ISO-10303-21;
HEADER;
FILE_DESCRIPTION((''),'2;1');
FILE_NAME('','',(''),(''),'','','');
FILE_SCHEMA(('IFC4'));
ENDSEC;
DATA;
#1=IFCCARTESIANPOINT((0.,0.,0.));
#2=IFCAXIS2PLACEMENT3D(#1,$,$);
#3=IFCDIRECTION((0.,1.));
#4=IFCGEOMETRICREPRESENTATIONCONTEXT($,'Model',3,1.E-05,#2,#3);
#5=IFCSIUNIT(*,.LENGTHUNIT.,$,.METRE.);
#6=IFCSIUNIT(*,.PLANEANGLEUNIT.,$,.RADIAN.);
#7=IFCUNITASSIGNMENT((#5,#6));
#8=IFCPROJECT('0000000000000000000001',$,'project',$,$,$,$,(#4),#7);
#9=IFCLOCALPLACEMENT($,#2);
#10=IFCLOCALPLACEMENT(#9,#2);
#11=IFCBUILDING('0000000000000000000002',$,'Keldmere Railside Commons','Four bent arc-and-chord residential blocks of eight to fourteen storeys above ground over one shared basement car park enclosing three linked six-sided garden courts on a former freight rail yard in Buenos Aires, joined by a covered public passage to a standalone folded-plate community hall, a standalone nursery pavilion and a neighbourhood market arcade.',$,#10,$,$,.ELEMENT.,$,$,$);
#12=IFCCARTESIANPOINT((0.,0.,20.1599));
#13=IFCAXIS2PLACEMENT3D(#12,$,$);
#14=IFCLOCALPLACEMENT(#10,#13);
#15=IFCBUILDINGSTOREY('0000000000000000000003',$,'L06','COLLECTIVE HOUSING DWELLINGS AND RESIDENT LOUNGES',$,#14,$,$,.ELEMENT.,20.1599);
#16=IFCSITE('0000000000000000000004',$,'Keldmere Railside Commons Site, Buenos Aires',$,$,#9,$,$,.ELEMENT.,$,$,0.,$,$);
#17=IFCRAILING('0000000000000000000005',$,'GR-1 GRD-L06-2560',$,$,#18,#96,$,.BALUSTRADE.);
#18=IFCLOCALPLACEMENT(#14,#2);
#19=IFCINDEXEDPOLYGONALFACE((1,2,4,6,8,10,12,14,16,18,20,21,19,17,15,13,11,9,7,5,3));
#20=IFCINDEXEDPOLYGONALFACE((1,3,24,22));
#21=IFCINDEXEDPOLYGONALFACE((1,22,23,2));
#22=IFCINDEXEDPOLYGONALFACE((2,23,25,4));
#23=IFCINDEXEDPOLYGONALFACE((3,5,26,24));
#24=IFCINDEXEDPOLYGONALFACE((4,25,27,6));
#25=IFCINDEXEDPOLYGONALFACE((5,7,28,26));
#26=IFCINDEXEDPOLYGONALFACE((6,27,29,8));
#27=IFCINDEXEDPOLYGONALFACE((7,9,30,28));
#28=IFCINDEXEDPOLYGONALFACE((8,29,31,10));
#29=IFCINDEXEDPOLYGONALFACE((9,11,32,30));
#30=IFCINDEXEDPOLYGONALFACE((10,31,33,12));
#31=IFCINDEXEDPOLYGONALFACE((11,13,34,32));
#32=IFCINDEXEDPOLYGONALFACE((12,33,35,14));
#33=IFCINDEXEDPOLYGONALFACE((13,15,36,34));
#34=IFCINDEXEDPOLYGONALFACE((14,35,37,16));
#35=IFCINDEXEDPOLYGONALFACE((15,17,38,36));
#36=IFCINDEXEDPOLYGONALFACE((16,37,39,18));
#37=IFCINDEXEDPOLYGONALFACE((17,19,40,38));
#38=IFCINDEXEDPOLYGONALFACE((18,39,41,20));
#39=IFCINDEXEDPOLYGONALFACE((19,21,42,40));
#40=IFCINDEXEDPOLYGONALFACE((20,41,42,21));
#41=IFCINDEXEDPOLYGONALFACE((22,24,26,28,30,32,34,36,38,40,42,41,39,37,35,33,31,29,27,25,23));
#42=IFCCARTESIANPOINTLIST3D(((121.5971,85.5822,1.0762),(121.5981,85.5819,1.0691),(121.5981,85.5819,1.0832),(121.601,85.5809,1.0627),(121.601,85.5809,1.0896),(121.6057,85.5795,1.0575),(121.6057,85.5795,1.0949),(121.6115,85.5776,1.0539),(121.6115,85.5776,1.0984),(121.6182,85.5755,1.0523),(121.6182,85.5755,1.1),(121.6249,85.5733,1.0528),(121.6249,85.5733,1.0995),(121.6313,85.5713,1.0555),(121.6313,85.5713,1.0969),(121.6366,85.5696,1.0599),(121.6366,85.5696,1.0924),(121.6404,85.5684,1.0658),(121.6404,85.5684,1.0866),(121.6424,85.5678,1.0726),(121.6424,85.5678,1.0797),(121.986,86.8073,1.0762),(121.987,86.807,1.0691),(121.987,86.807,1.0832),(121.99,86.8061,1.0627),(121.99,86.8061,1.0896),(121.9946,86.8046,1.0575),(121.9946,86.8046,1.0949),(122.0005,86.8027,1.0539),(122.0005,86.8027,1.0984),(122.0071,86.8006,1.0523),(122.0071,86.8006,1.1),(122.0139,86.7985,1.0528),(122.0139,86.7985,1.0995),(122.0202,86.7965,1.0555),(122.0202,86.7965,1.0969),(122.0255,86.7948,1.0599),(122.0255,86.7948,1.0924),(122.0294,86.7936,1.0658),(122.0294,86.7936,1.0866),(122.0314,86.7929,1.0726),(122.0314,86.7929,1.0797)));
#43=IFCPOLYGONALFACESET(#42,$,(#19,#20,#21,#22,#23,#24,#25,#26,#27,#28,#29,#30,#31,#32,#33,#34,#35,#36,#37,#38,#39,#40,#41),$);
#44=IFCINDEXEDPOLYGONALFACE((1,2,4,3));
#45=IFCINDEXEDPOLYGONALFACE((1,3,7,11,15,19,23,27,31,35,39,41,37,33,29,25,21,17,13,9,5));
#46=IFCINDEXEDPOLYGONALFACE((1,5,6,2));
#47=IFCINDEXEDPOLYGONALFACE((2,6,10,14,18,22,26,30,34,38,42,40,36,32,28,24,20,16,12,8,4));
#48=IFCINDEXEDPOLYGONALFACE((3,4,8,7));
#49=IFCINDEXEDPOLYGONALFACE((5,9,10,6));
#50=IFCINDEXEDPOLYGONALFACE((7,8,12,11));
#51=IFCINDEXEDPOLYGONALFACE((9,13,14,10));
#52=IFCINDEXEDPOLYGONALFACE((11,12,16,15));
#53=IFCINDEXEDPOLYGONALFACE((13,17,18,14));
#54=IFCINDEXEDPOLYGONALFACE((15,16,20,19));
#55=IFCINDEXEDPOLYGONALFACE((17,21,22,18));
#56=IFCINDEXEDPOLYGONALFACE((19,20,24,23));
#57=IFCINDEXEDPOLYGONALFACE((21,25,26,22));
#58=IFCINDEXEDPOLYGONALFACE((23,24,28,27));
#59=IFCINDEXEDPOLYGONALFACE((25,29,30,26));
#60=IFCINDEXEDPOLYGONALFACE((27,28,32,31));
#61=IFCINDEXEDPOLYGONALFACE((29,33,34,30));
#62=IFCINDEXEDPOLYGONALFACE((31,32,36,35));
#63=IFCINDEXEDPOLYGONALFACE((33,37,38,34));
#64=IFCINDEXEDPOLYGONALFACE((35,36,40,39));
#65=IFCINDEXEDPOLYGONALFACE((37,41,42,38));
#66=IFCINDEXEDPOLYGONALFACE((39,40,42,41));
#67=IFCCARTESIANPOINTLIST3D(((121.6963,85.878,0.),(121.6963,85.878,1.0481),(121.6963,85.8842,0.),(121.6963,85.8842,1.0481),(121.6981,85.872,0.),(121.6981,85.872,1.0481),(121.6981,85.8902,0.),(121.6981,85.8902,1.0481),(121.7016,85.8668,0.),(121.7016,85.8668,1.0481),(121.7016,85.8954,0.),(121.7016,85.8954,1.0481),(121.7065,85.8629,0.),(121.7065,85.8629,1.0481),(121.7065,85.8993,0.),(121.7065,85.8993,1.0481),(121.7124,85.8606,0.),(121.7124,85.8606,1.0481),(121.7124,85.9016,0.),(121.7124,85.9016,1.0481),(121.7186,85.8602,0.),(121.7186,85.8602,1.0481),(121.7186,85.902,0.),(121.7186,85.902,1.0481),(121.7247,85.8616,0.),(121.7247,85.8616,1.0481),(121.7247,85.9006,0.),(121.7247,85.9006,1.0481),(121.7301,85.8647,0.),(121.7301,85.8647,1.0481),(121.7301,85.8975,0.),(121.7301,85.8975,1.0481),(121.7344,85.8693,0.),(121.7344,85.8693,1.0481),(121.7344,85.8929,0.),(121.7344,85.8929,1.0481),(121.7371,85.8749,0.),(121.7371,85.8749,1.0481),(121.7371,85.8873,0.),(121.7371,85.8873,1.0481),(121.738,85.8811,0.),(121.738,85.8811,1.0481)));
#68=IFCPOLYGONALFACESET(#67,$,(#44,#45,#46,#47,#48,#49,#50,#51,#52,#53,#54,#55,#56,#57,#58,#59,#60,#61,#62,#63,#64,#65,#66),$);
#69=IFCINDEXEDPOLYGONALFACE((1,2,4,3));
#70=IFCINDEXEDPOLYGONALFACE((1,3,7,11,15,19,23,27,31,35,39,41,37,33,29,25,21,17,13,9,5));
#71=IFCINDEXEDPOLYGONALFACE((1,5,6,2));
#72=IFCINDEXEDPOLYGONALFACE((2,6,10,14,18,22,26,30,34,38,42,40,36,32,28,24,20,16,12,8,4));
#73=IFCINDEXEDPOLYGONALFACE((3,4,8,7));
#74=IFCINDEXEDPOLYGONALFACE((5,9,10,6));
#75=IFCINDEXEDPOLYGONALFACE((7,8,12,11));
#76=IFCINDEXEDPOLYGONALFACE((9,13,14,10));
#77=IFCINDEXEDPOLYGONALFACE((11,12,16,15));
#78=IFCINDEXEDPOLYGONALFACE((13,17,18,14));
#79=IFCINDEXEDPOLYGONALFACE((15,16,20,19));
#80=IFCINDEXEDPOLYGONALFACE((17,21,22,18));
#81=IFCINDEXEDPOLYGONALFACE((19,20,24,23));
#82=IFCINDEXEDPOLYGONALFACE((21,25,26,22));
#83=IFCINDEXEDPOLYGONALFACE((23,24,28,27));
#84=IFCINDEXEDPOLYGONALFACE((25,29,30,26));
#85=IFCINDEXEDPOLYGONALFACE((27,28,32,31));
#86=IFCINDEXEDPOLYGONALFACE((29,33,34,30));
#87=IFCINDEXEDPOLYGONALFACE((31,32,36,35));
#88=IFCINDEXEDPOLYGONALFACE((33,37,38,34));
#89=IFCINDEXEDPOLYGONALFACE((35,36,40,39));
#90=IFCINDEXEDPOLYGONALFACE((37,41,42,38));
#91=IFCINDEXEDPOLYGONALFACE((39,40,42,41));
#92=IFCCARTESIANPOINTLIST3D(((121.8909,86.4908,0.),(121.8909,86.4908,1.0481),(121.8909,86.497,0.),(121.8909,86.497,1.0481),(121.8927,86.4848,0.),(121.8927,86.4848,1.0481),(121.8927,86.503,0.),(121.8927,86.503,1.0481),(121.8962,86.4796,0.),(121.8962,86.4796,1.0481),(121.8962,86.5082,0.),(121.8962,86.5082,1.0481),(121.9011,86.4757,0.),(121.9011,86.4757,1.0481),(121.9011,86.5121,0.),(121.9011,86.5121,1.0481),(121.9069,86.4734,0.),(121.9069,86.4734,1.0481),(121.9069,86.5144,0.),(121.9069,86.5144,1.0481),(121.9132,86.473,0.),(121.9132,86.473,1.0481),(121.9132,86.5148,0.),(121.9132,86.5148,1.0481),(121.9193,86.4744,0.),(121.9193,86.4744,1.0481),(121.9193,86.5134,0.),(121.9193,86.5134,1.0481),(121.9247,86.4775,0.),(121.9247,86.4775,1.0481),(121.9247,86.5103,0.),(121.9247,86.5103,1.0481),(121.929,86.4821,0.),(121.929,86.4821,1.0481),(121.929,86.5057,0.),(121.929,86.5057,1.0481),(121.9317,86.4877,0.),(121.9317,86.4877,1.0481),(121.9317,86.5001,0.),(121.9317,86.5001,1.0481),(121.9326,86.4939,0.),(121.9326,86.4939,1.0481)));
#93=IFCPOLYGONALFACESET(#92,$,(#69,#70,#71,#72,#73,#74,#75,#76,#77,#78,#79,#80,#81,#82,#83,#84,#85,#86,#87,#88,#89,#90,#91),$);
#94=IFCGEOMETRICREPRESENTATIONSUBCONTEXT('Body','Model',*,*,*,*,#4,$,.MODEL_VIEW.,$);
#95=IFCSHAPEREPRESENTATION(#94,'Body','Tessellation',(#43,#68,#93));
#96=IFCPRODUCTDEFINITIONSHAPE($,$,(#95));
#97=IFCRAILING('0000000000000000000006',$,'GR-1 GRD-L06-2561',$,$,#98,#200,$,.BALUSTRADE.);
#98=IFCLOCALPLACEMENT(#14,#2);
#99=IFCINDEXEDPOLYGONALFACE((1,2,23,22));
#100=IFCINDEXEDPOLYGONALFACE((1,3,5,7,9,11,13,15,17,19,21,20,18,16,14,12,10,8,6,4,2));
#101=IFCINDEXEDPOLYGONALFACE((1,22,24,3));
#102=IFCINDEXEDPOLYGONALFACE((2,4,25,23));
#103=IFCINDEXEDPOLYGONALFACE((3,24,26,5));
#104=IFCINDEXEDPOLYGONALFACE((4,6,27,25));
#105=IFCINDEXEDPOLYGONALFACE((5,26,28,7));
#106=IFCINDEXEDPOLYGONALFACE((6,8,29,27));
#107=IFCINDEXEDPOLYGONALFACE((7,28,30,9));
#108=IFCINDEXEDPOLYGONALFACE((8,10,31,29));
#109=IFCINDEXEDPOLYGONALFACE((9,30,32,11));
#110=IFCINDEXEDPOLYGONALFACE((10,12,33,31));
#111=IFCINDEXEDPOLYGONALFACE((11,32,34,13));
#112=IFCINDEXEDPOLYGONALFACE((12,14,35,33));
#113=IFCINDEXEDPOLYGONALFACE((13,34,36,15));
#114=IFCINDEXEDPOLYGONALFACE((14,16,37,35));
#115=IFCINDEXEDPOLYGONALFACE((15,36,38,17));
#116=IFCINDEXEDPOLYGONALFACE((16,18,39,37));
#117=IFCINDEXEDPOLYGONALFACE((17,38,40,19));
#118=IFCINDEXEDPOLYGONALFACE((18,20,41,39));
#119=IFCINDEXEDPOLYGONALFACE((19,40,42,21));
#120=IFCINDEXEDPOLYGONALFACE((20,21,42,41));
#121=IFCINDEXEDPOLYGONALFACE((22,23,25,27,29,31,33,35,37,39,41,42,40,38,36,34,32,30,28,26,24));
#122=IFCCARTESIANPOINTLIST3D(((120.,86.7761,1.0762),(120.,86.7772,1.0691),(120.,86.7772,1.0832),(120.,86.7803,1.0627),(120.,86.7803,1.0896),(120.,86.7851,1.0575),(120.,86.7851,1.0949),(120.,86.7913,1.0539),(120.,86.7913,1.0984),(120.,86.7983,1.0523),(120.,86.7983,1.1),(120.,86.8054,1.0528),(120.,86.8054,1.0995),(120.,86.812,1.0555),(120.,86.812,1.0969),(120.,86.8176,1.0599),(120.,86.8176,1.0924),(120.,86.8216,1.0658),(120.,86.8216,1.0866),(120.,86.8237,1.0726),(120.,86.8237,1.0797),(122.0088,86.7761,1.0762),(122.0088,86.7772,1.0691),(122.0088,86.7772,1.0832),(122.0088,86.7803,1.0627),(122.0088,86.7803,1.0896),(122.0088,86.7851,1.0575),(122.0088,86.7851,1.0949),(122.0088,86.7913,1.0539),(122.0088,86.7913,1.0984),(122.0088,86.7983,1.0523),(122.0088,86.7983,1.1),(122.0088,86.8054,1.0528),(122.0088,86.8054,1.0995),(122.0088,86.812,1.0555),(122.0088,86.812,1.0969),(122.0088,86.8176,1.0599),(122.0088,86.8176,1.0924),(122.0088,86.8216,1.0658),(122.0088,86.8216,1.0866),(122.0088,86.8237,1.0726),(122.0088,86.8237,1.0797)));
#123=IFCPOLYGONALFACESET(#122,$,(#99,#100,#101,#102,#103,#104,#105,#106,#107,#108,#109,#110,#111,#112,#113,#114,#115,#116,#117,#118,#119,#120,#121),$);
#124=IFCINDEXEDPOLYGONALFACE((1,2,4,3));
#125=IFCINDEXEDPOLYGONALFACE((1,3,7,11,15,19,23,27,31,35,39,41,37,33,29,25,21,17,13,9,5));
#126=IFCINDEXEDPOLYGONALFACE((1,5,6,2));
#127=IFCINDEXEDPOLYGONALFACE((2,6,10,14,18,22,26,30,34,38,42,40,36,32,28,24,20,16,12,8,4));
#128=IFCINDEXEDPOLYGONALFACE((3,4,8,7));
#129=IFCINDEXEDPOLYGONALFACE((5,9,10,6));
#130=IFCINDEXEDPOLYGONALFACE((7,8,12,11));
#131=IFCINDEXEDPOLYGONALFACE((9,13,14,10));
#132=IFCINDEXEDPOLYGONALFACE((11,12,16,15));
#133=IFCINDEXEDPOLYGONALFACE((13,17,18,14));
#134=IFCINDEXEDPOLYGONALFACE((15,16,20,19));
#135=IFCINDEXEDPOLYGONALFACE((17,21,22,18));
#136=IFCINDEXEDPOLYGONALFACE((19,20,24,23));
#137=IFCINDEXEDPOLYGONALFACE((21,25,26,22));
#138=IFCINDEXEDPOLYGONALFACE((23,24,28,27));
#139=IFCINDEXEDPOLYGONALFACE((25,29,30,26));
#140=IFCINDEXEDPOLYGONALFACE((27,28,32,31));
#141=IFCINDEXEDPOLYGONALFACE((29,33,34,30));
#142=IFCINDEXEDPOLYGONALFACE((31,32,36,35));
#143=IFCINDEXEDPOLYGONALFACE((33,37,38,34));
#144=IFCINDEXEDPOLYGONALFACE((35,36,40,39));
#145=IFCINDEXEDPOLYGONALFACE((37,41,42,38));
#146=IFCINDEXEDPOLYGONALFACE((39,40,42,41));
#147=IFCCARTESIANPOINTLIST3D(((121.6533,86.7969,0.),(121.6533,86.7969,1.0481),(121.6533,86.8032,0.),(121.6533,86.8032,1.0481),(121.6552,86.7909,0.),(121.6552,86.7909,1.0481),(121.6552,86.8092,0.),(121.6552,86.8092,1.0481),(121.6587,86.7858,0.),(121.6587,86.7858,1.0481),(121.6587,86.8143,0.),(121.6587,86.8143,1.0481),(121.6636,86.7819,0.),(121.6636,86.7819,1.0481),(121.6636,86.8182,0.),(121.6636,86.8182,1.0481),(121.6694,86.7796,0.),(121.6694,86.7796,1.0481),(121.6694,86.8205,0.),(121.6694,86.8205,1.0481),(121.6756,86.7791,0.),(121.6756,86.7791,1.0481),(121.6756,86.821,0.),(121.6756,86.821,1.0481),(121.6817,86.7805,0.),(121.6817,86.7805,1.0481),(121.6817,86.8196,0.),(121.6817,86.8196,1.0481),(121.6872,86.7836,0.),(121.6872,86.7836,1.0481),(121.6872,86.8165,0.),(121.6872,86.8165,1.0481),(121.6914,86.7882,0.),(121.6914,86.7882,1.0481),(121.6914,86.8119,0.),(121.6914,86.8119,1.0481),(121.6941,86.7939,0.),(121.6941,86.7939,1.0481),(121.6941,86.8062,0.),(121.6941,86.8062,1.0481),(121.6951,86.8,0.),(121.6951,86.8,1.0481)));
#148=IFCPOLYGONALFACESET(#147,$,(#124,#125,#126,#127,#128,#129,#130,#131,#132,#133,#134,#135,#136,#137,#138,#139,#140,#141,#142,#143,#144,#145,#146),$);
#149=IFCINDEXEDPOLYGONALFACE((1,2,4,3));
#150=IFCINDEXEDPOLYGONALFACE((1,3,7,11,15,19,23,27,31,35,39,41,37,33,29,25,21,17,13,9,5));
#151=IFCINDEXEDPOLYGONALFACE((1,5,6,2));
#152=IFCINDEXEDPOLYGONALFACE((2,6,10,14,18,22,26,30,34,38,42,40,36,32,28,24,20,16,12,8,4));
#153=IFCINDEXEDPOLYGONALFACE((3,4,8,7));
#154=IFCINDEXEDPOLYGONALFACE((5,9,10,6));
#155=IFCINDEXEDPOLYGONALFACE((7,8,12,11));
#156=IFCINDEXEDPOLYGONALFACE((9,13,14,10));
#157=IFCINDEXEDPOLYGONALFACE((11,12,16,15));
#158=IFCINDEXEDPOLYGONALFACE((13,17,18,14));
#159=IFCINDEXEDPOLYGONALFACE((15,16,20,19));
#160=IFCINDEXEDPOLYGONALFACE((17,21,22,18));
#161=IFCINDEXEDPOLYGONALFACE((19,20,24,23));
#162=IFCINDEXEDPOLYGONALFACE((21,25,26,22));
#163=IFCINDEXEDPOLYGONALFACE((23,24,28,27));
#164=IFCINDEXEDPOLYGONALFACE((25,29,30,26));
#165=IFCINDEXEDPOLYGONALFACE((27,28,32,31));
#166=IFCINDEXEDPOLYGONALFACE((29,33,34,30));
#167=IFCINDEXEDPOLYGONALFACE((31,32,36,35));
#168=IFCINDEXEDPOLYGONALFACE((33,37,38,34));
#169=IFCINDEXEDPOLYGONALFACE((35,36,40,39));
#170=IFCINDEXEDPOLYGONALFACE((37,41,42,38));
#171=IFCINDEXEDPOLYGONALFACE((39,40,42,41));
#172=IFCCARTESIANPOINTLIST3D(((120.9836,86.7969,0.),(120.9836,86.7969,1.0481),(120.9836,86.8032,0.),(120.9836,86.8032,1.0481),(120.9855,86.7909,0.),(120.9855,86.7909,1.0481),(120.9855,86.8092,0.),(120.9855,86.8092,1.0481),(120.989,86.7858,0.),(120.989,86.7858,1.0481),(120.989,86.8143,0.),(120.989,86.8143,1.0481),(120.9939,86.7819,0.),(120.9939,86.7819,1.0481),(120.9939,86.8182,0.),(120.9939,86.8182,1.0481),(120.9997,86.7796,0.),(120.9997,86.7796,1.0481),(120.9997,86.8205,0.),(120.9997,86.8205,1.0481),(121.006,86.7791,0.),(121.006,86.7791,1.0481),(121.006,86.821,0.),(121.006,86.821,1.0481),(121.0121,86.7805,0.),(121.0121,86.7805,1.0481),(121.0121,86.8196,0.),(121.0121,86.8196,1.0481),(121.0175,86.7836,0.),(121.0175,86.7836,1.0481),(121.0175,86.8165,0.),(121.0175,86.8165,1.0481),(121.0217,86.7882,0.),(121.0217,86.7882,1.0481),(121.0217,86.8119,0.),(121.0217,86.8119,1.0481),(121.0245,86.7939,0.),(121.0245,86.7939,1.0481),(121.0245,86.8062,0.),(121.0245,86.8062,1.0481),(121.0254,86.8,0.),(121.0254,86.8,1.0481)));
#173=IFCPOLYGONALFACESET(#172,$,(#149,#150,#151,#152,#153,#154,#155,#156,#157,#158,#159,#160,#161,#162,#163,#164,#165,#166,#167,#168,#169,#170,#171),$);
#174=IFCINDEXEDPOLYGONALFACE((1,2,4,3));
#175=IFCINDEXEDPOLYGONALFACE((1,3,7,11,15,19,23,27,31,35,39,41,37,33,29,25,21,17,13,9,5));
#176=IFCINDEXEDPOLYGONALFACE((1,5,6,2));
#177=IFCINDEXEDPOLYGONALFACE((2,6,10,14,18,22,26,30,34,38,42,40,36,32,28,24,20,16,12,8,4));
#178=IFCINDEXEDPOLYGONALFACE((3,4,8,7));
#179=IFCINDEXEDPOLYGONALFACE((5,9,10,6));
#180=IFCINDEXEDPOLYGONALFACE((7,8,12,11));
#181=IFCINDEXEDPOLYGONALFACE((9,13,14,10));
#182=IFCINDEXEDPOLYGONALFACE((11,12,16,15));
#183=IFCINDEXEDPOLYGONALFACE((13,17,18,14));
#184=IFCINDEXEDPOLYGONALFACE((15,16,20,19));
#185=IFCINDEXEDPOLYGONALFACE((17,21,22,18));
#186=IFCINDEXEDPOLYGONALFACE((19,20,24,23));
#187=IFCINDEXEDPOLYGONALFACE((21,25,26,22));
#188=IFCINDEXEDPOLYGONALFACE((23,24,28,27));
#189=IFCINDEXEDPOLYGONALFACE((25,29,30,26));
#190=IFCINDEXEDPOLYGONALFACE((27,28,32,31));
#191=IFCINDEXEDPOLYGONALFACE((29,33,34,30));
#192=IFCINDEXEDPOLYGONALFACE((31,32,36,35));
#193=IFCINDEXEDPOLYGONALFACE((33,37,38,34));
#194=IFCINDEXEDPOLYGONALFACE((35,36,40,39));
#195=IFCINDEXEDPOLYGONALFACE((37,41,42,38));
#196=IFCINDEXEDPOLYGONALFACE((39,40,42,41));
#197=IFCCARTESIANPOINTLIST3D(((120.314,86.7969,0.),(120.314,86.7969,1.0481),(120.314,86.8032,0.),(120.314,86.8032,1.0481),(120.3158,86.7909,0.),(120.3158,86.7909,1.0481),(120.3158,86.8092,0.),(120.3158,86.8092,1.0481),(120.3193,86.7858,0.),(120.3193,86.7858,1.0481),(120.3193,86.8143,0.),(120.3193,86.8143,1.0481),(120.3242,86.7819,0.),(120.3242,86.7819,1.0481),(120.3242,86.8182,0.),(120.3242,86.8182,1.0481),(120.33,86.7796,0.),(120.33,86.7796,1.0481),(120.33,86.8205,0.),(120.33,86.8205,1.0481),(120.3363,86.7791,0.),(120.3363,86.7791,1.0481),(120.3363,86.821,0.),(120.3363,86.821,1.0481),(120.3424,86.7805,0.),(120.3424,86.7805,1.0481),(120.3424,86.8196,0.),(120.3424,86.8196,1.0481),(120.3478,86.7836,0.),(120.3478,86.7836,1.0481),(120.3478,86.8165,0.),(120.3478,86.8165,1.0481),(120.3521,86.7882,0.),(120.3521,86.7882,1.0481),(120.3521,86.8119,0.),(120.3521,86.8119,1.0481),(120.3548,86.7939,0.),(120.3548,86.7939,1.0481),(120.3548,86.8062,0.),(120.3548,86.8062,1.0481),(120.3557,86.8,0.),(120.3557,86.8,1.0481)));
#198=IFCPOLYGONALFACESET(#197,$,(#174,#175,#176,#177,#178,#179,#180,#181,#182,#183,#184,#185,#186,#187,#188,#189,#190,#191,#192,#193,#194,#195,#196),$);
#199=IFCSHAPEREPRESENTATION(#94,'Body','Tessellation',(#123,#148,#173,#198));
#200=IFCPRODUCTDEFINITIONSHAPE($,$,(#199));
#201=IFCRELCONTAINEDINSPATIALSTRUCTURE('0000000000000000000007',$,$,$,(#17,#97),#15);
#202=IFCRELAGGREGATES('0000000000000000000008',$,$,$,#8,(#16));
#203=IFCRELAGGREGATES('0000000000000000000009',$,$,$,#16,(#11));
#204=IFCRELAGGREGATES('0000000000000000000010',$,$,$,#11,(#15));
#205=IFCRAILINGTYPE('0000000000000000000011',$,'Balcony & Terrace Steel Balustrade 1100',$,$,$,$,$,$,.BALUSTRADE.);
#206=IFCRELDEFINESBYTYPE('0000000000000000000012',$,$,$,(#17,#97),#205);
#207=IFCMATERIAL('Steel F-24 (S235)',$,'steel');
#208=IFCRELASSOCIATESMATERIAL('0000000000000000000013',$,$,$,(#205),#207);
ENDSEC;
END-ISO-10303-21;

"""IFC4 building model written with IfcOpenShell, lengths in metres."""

from ifc_helpers import new_model, si_unit, direction, frame, origin, origin_2d, place, context, subcontext, project, spatial, circle, extrude, material, type_object, element, save


model = new_model("IFC4")

# Units and contexts
model_context = context("Model", 3, precision=1e-05, world=origin(), true_north=direction((0.0, 1.0)))
body_context = subcontext(model_context, "Body", "Model", "MODEL_VIEW")
ifc_project = project(units=[si_unit("LENGTHUNIT", "METRE"), si_unit("PLANEANGLEUNIT", "RADIAN")], contexts=[model_context])

# Site, building, storey
site_placement = place(None, origin())
site = spatial("IfcSite", under=ifc_project, at=site_placement, Name="Keldmere Railside Commons Site, Buenos Aires", CompositionType="ELEMENT", RefElevation=0.0)
building_placement = place(site_placement, origin())
building = spatial("IfcBuilding", under=site, at=building_placement, Name="Keldmere Railside Commons", Description="Four bent arc-and-chord residential blocks of eight to fourteen storeys above ground over one shared basement car park enclosing three linked six-sided garden courts on a former freight rail yard in Buenos Aires, joined by a covered public passage to a standalone folded-plate community hall, a standalone nursery pavilion and a neighbourhood market arcade.", CompositionType="ELEMENT")
storey_placement = place(building_placement, frame((0.0, 0.0, 20.1599)))
storey = spatial("IfcBuildingStorey", under=building, at=storey_placement, Name="L06", Description="COLLECTIVE HOUSING DWELLINGS AND RESIDENT LOUNGES", CompositionType="ELEMENT", Elevation=20.1599)

# Railings
ifc_material_1 = material(Name="Steel F-24 (S235)", Category="steel")
railing_type = type_object("IfcRailingType", Name="Balcony & Terrace Steel Balustrade 1100", PredefinedType="BALUSTRADE", material=ifc_material_1)
railing_1_placement = place(storey_placement, frame((121.6199, 85.575, 0.0)))
element("IfcRailing", 1, at=railing_1_placement, inside=storey, type_object=railing_type, Name="GR-1 GRD-L06-2560", PredefinedType="BALUSTRADE", context=body_context, shape_type="SweptSolid", body=[
    extrude(circle(Radius=0.0239, at=origin_2d()), frame((0.0, 0.0, 1.0762), z_axis=(0.302576, 0.953125, 0.0), x_axis=(-0.953125, 0.302576, 0.0)), (0.0, 0.0, 1.0), 1.2854),
    extrude(circle(Radius=0.021, at=origin_2d()), frame((0.0972, 0.3062, 0.0)), (0.0, 0.0, 1.0), 1.0481),
    extrude(circle(Radius=0.021, at=origin_2d()), frame((0.2917, 0.9189, 0.0)), (0.0, 0.0, 1.0), 1.0481),
])
railing_2_placement = place(storey_placement, frame((122.0088, 86.8, 0.0)))
element("IfcRailing", 2, at=railing_2_placement, inside=storey, type_object=railing_type, Name="GR-1 GRD-L06-2561", PredefinedType="BALUSTRADE", context=body_context, shape_type="SweptSolid", body=[
    extrude(circle(Radius=0.0239, at=origin_2d()), frame((0.0, 0.0, 1.0762), z_axis=(-1.0, 0.0, 0.0), x_axis=(0.0, -1.0, 0.0)), (0.0, 0.0, 1.0), 2.0088),
    extrude(circle(Radius=0.021, at=origin_2d()), frame((-0.3347, 0.0, 0.0)), (0.0, 0.0, 1.0), 1.0481),
    extrude(circle(Radius=0.021, at=origin_2d()), frame((-1.0044, 0.0, 0.0)), (0.0, 0.0, 1.0), 1.0481),
    extrude(circle(Radius=0.021, at=origin_2d()), frame((-1.6741, 0.0, 0.0)), (0.0, 0.0, 1.0), 1.0481),
])

save(model, "model.ifc")
